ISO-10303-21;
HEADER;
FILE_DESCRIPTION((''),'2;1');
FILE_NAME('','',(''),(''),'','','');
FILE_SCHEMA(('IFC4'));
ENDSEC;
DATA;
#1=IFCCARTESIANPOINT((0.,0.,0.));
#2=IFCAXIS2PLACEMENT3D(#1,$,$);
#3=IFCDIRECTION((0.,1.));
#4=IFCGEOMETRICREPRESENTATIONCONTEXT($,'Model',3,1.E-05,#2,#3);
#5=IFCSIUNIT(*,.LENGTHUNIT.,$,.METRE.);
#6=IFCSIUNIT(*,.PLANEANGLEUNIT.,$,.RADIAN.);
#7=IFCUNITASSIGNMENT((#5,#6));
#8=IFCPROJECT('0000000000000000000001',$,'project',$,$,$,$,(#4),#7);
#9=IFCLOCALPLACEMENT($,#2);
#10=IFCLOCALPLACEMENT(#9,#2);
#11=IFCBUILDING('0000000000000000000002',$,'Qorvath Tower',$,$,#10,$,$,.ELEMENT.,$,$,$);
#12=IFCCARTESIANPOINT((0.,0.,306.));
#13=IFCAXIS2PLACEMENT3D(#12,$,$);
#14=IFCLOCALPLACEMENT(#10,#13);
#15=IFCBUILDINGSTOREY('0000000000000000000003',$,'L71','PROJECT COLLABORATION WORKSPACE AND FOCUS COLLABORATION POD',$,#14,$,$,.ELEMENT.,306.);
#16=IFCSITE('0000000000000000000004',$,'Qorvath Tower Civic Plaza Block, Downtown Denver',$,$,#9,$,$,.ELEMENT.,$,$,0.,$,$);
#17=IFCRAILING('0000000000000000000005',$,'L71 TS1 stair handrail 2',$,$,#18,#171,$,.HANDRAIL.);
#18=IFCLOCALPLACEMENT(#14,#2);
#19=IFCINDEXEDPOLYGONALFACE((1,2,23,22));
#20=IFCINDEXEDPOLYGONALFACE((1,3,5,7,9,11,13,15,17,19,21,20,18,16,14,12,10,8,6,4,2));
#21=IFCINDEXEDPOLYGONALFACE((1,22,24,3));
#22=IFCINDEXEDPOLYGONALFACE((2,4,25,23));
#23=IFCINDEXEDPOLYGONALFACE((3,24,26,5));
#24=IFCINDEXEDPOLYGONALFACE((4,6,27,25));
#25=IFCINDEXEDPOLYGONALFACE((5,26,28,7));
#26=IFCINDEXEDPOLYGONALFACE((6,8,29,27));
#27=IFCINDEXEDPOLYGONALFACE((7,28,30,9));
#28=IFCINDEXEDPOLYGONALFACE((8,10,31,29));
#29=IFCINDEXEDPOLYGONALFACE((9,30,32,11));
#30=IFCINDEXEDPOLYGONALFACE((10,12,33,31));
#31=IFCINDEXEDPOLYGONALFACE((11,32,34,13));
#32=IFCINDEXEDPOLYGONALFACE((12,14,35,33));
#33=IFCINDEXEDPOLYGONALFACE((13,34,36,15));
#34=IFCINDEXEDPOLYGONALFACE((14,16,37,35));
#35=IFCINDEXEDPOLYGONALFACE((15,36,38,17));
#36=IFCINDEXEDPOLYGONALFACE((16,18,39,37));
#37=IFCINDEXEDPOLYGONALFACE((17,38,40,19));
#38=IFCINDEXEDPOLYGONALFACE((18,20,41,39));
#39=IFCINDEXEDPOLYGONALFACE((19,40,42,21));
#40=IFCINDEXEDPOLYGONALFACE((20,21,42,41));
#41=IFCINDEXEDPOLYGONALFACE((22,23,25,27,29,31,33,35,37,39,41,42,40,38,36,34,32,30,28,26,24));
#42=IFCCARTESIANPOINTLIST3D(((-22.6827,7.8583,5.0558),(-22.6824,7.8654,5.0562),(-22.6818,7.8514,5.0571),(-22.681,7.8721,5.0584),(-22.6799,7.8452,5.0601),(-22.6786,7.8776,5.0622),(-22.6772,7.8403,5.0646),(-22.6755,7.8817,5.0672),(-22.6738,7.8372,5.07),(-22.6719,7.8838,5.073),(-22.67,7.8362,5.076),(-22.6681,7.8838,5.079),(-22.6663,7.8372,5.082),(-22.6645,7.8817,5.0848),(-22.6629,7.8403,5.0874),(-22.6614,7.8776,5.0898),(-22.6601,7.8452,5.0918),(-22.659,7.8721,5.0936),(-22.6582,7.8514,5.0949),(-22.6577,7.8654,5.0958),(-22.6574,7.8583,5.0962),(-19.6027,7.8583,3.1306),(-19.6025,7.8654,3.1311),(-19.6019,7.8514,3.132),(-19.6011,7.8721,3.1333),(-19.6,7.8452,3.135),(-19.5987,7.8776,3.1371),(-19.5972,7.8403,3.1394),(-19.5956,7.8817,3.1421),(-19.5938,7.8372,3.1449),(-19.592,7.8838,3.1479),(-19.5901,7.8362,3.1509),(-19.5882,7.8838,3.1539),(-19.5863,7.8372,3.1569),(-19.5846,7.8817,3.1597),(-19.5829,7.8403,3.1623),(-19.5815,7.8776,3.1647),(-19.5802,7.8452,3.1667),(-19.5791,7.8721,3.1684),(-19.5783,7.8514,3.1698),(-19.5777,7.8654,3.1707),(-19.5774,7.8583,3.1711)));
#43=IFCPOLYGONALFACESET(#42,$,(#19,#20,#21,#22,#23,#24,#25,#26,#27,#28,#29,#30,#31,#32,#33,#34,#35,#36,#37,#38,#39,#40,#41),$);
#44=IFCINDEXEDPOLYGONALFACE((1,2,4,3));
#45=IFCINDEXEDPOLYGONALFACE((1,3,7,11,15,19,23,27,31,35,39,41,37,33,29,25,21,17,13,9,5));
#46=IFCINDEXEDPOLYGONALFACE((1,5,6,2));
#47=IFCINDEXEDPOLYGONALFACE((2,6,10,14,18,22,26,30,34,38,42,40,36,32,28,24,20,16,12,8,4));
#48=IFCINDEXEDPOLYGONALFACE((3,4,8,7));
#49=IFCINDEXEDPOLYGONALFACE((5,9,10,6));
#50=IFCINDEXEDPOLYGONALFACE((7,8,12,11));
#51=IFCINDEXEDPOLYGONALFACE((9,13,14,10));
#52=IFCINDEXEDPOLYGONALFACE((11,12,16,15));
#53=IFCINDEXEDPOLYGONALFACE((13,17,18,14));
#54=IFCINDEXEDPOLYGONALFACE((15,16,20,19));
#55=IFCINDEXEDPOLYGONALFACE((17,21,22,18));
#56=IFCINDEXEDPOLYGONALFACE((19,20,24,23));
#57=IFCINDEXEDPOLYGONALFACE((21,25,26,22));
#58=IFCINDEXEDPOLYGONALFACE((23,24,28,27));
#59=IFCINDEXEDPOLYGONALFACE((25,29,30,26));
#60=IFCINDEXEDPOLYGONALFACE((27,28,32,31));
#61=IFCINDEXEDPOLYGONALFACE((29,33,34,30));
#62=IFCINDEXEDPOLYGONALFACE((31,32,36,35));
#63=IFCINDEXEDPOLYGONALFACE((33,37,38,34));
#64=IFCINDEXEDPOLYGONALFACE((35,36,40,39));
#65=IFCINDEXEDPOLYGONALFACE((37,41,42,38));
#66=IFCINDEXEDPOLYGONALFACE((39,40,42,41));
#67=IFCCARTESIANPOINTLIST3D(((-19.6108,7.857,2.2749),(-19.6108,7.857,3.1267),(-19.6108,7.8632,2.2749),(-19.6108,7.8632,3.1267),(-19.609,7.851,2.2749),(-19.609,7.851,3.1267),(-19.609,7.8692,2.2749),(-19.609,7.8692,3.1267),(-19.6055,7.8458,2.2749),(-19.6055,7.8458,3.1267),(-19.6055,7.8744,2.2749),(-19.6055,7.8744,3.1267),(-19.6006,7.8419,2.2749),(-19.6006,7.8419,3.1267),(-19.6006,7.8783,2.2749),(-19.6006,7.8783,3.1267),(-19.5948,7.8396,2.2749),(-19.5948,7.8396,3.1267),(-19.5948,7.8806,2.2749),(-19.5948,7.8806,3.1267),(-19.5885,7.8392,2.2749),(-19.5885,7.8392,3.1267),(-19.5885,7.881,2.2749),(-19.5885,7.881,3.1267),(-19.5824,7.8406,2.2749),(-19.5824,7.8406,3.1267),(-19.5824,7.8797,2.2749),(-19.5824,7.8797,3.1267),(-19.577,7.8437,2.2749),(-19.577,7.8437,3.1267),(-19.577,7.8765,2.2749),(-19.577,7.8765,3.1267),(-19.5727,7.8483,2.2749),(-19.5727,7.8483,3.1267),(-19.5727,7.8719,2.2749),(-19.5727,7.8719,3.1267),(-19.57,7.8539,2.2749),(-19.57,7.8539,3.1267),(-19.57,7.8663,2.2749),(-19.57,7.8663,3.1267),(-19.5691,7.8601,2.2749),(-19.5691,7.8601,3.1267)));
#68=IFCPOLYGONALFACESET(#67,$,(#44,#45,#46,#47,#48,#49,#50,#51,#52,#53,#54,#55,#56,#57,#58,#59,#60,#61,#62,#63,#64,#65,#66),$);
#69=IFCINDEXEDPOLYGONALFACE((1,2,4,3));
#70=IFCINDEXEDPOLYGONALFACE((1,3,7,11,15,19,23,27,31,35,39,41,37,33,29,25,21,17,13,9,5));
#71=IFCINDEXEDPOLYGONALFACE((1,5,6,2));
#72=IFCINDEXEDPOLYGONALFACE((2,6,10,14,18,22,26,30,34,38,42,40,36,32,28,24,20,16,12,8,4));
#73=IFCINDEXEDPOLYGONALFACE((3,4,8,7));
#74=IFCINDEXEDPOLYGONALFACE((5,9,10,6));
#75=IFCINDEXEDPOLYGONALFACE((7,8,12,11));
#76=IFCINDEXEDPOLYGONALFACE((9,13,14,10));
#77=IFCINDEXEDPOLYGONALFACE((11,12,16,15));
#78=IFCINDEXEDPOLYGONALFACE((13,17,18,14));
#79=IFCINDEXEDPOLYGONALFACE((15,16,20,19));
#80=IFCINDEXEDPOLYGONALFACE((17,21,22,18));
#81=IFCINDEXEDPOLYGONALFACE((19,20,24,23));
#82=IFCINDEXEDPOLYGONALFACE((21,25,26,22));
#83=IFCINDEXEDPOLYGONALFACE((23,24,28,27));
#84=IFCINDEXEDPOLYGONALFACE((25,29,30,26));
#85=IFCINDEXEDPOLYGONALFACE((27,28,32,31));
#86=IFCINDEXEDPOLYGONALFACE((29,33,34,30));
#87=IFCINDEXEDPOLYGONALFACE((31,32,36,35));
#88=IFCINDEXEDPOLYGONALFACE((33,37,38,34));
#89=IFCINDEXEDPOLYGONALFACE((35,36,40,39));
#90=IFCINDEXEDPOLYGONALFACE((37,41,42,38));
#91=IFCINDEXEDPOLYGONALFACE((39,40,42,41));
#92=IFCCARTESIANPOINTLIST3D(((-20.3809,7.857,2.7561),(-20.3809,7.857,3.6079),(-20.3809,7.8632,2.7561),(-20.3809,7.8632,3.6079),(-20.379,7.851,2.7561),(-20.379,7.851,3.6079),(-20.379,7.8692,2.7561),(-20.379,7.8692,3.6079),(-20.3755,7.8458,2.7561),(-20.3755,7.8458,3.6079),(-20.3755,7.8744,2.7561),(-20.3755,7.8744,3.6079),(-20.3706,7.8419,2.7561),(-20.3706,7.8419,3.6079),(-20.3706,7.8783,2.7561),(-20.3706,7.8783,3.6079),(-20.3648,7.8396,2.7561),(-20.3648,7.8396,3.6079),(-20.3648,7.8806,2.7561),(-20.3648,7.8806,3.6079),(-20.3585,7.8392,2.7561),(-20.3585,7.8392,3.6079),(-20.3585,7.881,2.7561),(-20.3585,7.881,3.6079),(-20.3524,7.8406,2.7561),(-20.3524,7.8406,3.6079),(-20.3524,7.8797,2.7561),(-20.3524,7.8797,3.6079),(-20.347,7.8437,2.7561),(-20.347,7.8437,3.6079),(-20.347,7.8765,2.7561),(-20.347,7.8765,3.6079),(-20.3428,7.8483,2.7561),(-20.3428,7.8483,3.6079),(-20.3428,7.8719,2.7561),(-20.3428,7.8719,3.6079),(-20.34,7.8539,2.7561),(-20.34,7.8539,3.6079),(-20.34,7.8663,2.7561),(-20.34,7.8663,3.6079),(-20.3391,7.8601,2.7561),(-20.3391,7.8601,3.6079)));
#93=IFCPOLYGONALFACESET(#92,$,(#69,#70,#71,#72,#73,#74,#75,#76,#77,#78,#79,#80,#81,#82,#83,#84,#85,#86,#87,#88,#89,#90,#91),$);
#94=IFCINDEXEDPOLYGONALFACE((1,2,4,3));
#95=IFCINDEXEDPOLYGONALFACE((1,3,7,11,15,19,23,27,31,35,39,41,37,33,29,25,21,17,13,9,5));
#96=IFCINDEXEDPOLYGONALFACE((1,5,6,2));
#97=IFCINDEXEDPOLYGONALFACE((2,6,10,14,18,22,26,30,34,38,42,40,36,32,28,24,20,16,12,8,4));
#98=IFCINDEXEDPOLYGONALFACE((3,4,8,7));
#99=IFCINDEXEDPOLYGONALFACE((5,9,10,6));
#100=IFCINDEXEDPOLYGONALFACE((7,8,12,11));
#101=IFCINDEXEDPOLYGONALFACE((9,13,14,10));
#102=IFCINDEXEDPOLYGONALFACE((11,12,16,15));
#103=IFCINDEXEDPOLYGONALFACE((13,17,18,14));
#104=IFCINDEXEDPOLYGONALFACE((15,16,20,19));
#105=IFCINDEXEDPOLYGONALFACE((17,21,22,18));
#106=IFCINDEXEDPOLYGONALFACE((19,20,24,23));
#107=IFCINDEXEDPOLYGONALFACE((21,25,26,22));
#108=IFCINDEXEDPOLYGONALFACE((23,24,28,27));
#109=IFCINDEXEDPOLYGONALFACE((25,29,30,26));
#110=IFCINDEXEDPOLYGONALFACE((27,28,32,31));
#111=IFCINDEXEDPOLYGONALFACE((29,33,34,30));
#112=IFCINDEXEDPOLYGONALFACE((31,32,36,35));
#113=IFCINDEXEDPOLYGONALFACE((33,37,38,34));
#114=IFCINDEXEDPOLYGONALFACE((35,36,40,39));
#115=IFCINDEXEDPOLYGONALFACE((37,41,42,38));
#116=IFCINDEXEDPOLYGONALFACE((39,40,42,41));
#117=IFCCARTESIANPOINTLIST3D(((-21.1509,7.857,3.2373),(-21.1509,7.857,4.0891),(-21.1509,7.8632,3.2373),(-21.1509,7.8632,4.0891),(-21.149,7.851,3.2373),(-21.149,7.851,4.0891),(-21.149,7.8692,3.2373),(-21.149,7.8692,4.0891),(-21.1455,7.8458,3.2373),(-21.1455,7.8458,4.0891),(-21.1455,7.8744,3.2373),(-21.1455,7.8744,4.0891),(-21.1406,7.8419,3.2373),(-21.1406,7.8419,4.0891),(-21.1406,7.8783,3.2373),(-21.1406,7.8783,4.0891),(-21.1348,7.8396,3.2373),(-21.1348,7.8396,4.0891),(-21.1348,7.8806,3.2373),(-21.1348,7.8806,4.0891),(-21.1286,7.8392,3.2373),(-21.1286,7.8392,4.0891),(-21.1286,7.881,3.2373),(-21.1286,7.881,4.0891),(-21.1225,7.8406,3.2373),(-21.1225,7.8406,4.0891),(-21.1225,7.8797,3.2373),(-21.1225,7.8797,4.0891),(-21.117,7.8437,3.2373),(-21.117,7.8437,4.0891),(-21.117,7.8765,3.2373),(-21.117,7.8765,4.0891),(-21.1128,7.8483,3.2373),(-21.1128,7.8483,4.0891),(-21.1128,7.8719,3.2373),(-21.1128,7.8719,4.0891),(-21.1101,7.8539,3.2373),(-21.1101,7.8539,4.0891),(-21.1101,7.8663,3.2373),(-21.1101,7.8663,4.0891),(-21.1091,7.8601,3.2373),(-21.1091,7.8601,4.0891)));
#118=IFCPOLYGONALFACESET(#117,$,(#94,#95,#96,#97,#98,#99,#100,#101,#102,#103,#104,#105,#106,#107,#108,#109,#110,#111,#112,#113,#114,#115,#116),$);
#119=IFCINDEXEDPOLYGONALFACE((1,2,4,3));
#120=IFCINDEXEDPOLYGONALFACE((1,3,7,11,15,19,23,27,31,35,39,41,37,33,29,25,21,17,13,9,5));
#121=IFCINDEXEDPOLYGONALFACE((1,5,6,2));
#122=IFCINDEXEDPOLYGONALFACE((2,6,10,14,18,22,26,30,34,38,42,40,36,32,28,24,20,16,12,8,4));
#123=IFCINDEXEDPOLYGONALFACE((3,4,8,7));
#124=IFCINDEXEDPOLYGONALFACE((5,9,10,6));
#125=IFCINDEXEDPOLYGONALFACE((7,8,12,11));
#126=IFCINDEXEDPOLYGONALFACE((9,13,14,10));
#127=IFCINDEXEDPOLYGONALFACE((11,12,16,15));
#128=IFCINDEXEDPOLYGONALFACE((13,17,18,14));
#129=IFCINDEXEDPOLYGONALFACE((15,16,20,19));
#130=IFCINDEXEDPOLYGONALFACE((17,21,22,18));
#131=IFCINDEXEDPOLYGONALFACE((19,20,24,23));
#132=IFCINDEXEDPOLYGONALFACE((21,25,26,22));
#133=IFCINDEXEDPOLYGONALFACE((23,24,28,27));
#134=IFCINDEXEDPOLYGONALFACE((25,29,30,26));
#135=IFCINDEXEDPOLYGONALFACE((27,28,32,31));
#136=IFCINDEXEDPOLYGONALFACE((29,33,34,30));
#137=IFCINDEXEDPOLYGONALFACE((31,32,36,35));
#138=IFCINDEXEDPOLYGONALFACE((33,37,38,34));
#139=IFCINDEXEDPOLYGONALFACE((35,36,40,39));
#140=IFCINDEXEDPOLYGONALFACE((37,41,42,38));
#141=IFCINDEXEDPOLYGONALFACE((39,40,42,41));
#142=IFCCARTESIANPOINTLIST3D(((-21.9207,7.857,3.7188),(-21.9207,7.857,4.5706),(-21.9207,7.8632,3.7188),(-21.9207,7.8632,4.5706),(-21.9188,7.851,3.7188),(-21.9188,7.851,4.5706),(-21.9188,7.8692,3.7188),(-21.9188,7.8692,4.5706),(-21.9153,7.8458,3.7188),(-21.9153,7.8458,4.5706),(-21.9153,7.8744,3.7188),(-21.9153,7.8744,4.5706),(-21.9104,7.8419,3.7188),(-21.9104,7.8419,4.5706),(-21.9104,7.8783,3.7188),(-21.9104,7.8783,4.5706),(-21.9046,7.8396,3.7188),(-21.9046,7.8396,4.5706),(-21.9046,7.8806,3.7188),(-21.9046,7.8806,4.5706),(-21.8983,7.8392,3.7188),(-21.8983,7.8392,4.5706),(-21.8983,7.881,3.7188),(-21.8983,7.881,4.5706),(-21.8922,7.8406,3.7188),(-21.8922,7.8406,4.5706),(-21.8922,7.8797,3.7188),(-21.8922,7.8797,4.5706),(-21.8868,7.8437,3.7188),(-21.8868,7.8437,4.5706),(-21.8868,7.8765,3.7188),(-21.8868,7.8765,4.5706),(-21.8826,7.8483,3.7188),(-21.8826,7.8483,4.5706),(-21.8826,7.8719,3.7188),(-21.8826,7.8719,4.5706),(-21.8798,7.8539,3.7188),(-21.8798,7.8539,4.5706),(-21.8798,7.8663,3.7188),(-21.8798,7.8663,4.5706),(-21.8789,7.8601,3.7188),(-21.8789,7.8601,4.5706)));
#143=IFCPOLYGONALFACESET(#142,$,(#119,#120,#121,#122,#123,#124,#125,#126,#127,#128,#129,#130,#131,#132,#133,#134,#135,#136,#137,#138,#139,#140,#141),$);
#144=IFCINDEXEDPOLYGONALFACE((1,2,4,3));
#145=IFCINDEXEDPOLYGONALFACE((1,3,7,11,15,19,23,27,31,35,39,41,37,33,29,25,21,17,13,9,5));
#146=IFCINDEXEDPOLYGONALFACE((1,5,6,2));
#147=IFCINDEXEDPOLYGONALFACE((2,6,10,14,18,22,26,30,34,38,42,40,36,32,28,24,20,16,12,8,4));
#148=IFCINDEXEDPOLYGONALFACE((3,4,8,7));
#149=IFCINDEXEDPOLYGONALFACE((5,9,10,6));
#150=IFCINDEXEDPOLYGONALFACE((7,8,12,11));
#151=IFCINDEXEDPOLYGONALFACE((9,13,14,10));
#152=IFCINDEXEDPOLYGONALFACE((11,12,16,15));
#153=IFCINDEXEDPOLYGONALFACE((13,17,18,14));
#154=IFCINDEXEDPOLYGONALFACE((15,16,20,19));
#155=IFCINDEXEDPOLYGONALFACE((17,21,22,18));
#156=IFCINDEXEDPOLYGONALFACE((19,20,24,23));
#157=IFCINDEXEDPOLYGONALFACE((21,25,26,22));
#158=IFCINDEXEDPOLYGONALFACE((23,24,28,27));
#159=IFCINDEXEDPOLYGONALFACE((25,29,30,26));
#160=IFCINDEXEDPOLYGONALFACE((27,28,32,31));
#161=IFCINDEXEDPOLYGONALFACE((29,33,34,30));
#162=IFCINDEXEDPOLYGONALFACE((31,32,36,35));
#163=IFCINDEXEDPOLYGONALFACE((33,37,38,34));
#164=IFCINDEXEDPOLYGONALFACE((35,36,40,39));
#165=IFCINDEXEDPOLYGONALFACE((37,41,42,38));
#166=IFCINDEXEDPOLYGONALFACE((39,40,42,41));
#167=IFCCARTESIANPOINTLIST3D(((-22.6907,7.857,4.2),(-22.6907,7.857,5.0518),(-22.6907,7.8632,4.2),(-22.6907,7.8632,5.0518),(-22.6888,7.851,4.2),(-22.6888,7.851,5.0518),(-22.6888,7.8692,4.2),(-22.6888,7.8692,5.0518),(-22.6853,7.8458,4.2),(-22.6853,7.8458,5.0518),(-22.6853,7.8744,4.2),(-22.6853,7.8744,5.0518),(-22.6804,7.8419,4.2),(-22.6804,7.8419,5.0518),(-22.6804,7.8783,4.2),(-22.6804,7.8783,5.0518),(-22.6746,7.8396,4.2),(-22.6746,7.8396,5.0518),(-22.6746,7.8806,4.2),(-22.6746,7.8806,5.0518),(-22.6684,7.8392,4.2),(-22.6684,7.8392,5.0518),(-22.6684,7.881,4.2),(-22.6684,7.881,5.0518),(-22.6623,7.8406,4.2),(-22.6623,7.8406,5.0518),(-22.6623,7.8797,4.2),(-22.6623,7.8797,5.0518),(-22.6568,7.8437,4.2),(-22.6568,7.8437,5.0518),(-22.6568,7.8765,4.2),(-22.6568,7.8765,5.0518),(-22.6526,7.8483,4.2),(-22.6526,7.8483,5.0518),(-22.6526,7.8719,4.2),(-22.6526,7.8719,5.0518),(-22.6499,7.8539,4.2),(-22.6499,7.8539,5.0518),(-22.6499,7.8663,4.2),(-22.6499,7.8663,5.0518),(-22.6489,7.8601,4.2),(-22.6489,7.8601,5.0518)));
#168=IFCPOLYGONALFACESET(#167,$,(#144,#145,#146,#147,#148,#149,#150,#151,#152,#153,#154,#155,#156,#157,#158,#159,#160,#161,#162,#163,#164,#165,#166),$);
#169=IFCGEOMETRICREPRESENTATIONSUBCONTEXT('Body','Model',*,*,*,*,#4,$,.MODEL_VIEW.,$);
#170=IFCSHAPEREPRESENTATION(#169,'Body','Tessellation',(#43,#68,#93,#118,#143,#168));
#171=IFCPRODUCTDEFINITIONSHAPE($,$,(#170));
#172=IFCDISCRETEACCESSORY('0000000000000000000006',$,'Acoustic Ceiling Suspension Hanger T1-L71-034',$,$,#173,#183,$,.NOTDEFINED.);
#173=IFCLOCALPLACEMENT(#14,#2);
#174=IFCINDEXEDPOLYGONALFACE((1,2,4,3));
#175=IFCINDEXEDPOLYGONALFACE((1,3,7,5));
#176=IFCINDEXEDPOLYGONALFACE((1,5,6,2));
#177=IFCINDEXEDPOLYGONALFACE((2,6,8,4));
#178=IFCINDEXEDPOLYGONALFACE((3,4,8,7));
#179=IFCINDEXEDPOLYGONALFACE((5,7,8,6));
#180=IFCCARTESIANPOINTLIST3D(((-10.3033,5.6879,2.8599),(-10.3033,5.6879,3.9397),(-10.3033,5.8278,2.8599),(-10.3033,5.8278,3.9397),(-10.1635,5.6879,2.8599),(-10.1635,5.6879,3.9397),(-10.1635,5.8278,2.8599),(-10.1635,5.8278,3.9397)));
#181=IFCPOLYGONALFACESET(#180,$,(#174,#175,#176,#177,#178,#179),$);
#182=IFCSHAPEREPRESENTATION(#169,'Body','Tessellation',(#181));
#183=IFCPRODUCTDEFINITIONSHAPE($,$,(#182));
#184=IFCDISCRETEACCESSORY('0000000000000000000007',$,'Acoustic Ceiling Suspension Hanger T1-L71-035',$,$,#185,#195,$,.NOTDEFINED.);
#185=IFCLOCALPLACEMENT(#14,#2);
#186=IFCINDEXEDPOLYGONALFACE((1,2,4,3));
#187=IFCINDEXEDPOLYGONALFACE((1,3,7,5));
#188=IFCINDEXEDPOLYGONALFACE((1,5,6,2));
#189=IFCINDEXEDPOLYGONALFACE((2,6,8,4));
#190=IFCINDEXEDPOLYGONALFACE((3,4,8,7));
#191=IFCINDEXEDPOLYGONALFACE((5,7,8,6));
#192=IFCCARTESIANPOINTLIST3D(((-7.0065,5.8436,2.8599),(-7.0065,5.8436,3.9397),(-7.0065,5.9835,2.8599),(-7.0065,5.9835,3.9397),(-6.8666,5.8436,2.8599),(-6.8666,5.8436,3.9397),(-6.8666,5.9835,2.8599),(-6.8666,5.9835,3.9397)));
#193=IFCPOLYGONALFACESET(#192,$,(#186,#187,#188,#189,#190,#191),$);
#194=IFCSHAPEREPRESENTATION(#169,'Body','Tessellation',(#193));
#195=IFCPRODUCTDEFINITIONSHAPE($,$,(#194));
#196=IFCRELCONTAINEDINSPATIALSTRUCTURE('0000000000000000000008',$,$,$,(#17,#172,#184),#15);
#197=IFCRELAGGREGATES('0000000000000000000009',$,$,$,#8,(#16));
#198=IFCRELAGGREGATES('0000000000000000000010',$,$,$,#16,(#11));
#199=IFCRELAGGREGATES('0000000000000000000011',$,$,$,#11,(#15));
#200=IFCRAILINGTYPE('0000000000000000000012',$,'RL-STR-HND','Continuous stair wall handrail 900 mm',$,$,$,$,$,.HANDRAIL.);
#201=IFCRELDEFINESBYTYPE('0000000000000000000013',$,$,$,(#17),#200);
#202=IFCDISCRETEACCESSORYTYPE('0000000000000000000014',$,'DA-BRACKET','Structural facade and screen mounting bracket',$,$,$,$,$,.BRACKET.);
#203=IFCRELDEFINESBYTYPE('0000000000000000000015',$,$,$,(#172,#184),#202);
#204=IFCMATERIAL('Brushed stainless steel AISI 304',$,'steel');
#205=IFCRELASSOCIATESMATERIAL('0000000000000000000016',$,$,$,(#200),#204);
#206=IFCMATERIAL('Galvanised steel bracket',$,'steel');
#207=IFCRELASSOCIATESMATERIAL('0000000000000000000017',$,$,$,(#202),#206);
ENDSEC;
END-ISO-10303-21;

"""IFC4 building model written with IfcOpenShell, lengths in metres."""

from ifc_helpers import new_model, si_unit, direction, frame, origin, origin_2d, place, context, subcontext, project, spatial, rectangle, circle, extrude, material, type_object, element, save


model = new_model("IFC4")

# Units and contexts
model_context = context("Model", 3, precision=1e-05, world=origin(), true_north=direction((0.0, 1.0)))
body_context = subcontext(model_context, "Body", "Model", "MODEL_VIEW")
ifc_project = project(units=[si_unit("LENGTHUNIT", "METRE"), si_unit("PLANEANGLEUNIT", "RADIAN")], contexts=[model_context])

# Site, building, storey
site_placement = place(None, origin())
site = spatial("IfcSite", under=ifc_project, at=site_placement, Name="Qorvath Tower Civic Plaza Block, Downtown Denver", CompositionType="ELEMENT", RefElevation=0.0)
building_placement = place(site_placement, origin())
building = spatial("IfcBuilding", under=site, at=building_placement, Name="Qorvath Tower", CompositionType="ELEMENT")
storey_placement = place(building_placement, frame((0.0, 0.0, 306.0)))
storey = spatial("IfcBuildingStorey", under=building, at=storey_placement, Name="L71", Description="PROJECT COLLABORATION WORKSPACE AND FOCUS COLLABORATION POD", CompositionType="ELEMENT", Elevation=306.0)

# Railing
ifc_material_1 = material(Name="Brushed stainless steel AISI 304", Category="steel")
railing_type_1 = type_object("IfcRailingType", Name="RL-STR-HND", Description="Continuous stair wall handrail 900 mm", PredefinedType="HANDRAIL", material=ifc_material_1)
railing_1_placement = place(storey_placement, frame((-19.5901, 7.8601, 2.2749)))
element("IfcRailing", 1, at=railing_1_placement, inside=storey, type_object=railing_type_1, Name="L71 TS1 stair handrail 2", PredefinedType="HANDRAIL", context=body_context, shape_type="SweptSolid", body=[
    extrude(circle(Radius=0.0239, at=origin_2d()), frame((0.0, 0.0, 0.876), z_axis=(-0.847979, 0.0, 0.530029), x_axis=(0.0, -1.0, 0.0)), (0.0, 0.0, 1.0), 3.6321),
    extrude(circle(Radius=0.021, at=origin_2d()), origin(), (0.0, 0.0, 1.0), 0.8518),
    extrude(circle(Radius=0.021, at=origin_2d()), frame((-0.77, 0.0, 0.4812)), (0.0, 0.0, 1.0), 0.8518),
    extrude(circle(Radius=0.021, at=origin_2d()), frame((-1.54, 0.0, 0.9624)), (0.0, 0.0, 1.0), 0.8518),
    extrude(circle(Radius=0.021, at=origin_2d()), frame((-2.3098, 0.0, 1.4438)), (0.0, 0.0, 1.0), 0.8518),
    extrude(circle(Radius=0.021, at=origin_2d()), frame((-3.0798, 0.0, 1.925)), (0.0, 0.0, 1.0), 0.8518),
])

# Discrete accessories
ifc_material_2 = material(Name="Galvanised steel bracket", Category="steel")
discrete_accessory_type = type_object("IfcDiscreteAccessoryType", Name="DA-BRACKET", Description="Structural facade and screen mounting bracket", PredefinedType="BRACKET", material=ifc_material_2)
for number, where, z_axis, x_axis, name in (
    (2, (-10.2334, 5.7578, 2.8599), (0.0, 0.0, 1.0), (1.0, 0.0, 0.0), "Acoustic Ceiling Suspension Hanger T1-L71-034"),
    (3, (-6.9365, 5.9136, 2.8599), (0.0, 0.0, 1.0), (1.0, 0.0, 0.0), "Acoustic Ceiling Suspension Hanger T1-L71-035"),
):
    element("IfcDiscreteAccessory", number, at=place(storey_placement, frame(where, z_axis=z_axis, x_axis=x_axis)), inside=storey, type_object=discrete_accessory_type, Name=name, PredefinedType="NOTDEFINED", context=body_context, shape_type="SweptSolid", body=[
        extrude(rectangle(XDim=0.1399, YDim=0.1399, at=origin_2d()), origin(), (0.0, 0.0, 1.0), 1.0798),
    ])

save(model, "model.ifc")
